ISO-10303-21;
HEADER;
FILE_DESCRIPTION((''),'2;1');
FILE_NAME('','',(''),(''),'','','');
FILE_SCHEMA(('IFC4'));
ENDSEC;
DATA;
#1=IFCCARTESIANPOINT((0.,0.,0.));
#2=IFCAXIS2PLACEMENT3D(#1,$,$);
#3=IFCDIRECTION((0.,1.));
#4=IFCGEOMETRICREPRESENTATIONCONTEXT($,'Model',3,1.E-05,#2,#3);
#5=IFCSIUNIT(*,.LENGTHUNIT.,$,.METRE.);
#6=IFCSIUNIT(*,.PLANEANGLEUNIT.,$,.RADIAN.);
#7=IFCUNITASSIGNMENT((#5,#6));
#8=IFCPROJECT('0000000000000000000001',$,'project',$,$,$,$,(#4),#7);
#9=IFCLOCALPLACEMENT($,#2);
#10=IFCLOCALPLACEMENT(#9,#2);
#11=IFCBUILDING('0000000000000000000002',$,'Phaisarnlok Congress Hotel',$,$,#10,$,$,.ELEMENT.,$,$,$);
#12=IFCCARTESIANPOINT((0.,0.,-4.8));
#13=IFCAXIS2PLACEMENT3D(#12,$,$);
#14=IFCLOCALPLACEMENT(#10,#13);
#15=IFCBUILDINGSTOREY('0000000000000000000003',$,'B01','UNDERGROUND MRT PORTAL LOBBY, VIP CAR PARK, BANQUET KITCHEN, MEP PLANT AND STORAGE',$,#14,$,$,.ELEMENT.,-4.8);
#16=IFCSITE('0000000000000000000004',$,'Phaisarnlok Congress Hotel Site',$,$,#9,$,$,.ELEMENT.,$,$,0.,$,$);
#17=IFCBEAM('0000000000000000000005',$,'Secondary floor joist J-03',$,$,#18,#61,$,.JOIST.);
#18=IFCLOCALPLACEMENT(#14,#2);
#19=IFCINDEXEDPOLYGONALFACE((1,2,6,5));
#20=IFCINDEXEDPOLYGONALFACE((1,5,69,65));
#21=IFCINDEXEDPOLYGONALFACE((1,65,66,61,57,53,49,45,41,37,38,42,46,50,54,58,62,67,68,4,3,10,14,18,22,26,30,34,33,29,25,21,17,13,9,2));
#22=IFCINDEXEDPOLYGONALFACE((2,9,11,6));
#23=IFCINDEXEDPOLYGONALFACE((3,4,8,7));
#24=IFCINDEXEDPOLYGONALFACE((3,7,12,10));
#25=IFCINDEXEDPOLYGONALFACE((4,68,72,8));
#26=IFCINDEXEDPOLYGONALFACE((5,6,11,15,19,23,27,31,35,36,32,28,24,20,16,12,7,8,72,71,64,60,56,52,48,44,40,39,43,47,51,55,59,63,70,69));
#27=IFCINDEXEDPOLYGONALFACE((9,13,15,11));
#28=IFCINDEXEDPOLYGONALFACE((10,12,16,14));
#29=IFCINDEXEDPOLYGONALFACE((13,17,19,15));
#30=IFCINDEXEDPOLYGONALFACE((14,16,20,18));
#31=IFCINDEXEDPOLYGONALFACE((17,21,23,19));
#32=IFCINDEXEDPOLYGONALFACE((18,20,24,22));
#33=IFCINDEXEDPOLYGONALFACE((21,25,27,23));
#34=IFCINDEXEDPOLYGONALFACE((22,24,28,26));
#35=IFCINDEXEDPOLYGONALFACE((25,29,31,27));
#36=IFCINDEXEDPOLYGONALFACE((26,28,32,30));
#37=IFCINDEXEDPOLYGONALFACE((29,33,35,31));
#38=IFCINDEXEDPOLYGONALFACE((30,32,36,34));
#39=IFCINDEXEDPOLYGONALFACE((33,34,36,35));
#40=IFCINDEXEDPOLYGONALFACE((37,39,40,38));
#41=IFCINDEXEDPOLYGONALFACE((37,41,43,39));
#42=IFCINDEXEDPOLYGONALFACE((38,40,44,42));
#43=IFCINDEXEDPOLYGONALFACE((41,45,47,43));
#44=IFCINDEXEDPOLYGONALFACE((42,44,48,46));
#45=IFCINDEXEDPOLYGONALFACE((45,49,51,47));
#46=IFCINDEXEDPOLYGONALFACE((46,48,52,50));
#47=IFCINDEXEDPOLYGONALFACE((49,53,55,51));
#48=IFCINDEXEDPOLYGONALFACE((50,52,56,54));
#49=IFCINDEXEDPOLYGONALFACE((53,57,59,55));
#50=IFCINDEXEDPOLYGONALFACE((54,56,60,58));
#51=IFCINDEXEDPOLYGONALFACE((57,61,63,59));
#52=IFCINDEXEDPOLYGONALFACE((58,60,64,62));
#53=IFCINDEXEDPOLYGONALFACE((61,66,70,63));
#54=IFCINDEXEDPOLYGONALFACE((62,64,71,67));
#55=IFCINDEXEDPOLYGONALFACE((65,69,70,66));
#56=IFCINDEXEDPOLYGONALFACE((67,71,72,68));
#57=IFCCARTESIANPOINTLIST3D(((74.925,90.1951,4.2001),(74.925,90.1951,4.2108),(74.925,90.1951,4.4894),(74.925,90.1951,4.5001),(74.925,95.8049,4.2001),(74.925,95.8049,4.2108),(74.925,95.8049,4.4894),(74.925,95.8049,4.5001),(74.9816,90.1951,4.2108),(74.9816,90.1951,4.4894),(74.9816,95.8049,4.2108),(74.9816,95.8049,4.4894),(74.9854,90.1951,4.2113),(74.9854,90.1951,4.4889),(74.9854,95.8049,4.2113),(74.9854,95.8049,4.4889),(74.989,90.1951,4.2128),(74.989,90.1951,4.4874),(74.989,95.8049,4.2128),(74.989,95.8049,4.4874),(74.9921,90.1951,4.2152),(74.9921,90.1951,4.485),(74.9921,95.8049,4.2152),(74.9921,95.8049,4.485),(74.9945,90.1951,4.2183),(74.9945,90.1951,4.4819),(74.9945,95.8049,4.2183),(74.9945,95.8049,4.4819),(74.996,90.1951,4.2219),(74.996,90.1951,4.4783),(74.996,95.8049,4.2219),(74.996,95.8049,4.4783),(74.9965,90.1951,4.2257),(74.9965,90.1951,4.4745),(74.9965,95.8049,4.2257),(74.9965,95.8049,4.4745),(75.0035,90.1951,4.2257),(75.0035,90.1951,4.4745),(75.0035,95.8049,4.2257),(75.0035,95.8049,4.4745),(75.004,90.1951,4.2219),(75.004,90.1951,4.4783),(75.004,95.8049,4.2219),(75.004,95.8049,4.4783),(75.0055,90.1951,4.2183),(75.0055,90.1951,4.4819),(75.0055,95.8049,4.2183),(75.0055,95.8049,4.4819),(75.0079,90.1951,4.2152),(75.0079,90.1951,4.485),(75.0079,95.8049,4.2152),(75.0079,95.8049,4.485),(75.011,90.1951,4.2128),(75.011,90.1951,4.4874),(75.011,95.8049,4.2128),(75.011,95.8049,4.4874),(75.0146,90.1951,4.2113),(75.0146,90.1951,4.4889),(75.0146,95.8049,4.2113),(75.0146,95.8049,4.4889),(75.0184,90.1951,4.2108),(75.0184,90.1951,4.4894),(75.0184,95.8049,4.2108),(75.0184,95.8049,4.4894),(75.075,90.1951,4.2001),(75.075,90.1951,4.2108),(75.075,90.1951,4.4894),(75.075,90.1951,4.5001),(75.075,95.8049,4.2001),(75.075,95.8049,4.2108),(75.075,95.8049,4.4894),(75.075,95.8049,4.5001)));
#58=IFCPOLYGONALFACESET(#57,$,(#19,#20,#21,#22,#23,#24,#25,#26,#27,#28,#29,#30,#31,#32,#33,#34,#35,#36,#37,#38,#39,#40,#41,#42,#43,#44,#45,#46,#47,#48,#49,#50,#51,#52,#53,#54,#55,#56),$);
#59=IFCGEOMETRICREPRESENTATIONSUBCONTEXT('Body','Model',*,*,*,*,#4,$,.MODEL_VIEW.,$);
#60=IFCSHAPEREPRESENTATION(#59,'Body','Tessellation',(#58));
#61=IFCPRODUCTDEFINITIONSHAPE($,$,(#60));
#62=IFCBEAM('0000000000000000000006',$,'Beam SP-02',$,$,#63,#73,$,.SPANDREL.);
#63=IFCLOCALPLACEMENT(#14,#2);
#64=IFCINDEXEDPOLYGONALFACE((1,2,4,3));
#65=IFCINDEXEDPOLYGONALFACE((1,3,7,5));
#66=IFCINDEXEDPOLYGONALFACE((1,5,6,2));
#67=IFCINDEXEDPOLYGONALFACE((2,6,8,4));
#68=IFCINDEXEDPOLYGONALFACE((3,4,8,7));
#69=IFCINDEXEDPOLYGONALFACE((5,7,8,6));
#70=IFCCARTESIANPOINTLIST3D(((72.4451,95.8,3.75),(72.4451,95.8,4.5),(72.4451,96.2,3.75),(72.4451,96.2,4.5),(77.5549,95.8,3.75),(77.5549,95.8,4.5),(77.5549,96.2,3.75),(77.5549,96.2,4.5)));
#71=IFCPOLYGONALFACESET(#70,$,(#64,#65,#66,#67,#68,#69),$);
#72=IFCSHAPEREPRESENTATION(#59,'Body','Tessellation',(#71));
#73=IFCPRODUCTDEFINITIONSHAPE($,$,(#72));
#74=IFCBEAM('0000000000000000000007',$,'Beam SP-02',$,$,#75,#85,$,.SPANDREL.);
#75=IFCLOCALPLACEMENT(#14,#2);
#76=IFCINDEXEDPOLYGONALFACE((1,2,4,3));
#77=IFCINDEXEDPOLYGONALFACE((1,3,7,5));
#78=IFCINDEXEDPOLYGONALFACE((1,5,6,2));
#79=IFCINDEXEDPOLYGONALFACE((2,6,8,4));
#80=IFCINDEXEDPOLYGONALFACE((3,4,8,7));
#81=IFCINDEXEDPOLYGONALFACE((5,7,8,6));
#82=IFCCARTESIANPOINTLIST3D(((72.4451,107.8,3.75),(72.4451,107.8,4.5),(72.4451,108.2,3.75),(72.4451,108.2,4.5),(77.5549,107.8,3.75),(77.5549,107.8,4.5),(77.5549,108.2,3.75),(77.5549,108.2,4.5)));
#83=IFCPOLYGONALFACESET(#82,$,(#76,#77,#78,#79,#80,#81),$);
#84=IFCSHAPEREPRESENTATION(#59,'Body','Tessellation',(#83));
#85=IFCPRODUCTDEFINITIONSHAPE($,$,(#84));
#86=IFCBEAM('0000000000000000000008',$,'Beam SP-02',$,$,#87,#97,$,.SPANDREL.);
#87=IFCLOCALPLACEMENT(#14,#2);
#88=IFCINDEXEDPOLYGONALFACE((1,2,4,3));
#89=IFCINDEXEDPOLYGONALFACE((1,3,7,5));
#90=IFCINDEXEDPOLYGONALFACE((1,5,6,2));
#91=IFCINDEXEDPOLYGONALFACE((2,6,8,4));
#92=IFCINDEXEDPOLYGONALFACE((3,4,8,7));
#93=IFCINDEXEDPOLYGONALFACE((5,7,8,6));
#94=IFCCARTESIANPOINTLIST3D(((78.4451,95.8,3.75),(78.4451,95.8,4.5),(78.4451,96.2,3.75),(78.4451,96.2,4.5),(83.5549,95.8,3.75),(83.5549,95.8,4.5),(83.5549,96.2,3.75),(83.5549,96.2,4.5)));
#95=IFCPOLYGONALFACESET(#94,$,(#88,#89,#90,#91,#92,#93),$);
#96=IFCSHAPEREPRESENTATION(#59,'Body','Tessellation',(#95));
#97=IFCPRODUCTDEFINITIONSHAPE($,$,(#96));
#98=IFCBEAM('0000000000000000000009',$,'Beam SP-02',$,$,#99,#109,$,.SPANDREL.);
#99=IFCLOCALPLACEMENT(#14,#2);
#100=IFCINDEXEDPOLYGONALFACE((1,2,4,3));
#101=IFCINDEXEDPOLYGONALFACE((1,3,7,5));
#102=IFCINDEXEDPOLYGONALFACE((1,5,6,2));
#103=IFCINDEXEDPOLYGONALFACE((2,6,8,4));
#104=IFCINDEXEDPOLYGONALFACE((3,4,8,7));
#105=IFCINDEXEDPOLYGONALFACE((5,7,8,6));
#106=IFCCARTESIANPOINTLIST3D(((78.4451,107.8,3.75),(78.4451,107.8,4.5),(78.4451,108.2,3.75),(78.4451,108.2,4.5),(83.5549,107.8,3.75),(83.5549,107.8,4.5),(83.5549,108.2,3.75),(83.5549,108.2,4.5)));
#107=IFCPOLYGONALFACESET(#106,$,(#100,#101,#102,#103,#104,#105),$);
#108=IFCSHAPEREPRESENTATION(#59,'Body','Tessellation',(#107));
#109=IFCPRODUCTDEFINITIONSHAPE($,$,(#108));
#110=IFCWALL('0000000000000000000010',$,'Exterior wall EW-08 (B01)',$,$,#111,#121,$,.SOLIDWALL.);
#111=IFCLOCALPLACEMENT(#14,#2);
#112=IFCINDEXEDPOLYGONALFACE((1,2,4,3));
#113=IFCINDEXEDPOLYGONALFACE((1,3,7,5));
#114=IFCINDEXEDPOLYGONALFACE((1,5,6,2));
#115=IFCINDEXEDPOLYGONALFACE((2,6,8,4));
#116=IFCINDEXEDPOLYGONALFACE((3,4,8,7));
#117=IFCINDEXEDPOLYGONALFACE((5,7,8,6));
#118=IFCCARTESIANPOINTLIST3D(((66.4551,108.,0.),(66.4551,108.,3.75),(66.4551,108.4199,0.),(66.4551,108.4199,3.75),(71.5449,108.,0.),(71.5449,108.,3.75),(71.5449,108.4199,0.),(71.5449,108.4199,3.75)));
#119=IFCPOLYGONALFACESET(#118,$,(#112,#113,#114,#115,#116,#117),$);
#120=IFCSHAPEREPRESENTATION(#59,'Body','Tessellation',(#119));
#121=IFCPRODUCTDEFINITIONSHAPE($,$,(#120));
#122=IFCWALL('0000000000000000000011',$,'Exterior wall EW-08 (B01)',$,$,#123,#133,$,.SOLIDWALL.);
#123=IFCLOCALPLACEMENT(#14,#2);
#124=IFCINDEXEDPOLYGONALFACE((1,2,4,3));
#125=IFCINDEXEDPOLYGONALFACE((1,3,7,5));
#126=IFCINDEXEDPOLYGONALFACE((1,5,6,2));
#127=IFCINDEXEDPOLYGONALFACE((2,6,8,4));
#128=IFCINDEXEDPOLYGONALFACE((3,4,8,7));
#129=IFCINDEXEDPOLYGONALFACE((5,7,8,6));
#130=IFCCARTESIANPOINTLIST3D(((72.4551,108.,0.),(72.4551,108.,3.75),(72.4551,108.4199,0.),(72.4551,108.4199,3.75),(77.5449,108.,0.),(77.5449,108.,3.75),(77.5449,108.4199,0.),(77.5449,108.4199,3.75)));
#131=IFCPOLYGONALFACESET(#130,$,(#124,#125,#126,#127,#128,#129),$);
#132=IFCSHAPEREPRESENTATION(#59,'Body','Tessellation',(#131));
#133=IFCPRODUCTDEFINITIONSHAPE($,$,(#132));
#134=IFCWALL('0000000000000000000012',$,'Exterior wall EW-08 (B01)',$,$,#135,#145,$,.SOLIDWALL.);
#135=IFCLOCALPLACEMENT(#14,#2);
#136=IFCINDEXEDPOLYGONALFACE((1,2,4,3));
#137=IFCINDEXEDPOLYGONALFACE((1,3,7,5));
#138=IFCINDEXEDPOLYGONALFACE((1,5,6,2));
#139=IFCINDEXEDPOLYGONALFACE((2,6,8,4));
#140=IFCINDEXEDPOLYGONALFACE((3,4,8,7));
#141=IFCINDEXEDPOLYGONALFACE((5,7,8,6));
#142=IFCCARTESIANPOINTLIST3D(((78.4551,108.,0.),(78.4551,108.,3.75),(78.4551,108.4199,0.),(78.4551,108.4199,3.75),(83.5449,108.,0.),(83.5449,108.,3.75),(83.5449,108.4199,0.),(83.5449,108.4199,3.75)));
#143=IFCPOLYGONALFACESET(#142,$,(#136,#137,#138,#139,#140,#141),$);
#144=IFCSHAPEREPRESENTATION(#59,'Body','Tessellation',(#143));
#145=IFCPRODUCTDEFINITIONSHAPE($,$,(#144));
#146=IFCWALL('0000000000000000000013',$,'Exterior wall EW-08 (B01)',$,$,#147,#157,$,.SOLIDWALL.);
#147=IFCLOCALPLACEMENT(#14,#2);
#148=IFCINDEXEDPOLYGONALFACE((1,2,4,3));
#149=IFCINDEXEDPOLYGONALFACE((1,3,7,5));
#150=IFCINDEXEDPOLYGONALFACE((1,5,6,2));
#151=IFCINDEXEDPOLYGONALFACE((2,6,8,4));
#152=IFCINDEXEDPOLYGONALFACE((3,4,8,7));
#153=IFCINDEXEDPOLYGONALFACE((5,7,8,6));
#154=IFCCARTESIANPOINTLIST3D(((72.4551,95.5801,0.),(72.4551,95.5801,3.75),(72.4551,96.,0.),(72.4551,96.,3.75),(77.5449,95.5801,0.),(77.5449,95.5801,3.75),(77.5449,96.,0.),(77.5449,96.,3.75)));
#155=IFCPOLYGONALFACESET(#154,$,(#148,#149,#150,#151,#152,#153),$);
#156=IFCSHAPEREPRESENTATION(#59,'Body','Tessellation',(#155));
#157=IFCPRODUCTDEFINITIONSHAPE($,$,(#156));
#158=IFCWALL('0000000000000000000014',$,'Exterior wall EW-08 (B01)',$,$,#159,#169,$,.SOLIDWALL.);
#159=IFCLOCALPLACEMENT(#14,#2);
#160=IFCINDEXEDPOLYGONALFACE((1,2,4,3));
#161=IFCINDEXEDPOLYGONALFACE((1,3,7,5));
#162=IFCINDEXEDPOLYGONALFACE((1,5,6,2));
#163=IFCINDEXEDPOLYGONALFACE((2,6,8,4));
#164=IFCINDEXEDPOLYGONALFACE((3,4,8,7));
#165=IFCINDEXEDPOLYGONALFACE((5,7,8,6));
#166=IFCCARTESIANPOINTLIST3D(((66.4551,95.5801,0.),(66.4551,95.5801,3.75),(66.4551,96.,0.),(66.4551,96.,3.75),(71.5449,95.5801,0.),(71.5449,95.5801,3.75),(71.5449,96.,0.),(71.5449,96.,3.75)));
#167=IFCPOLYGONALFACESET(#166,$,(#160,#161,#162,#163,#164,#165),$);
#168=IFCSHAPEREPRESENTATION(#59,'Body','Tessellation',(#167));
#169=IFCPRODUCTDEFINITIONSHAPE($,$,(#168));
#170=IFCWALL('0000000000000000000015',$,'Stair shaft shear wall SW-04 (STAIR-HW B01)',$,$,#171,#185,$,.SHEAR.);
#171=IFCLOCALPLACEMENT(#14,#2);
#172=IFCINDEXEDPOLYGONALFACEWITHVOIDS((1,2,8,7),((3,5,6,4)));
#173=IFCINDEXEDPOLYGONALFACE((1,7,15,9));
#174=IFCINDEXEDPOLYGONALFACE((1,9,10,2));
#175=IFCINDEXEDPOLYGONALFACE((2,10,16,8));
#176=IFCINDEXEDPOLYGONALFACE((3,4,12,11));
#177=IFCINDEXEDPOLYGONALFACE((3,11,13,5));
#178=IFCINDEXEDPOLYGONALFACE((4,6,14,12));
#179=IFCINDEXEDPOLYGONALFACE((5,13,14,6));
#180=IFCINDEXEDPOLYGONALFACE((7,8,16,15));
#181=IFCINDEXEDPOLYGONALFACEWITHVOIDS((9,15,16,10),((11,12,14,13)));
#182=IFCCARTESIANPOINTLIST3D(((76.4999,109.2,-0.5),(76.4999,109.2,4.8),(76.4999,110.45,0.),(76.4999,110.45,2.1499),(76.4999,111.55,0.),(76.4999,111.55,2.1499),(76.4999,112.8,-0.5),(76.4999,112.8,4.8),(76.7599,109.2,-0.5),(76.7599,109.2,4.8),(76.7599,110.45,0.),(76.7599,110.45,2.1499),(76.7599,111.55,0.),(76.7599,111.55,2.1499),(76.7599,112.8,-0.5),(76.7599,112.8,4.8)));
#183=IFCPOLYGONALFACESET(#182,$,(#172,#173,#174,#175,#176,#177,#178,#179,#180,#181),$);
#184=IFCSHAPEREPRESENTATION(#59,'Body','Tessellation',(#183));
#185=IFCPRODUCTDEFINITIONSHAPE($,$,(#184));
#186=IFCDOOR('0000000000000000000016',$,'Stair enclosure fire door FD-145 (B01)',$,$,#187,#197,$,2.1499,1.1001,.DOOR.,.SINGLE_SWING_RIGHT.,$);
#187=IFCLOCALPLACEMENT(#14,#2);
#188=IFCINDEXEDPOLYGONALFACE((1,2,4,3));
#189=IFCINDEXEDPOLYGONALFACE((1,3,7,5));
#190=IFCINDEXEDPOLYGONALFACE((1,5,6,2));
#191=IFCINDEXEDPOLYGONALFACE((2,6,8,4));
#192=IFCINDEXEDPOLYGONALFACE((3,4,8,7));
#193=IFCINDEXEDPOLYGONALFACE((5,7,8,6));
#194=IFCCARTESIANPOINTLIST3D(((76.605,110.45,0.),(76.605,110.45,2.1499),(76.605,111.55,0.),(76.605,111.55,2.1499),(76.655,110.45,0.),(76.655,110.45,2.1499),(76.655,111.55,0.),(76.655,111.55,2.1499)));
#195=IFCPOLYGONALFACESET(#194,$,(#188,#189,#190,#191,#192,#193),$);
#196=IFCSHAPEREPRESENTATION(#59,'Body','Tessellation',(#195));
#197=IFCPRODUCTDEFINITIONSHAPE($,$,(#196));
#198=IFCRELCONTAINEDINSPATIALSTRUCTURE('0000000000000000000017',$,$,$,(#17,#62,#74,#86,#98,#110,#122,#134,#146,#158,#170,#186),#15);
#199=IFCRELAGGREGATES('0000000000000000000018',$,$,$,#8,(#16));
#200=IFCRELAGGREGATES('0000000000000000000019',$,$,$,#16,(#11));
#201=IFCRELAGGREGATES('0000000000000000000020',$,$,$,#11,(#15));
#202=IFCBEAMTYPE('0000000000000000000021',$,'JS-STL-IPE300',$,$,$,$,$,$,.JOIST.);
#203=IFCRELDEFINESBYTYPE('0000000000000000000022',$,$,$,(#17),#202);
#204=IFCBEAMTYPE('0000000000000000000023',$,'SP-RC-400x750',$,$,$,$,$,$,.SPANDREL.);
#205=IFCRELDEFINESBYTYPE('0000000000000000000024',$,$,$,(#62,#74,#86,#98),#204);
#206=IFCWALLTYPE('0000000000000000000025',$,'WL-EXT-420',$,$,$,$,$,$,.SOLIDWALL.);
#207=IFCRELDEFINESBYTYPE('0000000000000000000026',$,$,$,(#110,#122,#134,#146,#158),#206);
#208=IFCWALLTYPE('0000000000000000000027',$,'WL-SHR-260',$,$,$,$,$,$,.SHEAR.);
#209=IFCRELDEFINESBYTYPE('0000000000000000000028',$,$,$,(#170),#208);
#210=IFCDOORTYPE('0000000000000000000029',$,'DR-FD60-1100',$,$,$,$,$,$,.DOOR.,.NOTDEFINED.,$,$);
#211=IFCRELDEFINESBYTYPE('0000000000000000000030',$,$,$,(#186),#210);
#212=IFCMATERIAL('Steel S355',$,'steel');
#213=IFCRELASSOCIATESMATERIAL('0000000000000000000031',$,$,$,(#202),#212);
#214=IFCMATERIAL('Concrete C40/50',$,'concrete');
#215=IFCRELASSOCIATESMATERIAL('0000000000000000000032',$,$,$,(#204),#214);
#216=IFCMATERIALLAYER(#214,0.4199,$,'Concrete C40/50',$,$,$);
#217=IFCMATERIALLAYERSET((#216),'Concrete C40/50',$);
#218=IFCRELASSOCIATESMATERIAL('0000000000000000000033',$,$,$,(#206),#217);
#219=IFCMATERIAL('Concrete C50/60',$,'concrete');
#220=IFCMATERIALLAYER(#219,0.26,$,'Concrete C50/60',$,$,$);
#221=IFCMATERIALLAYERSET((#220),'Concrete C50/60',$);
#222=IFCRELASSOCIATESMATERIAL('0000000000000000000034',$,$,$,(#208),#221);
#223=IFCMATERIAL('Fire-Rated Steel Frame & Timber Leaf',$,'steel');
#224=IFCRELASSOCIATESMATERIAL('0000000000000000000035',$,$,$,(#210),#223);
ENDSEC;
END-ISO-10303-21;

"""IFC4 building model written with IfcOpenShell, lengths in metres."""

from ifc_helpers import new_model, si_unit, direction, frame, frame_2d, origin, origin_2d, place, context, subcontext, project, spatial, rectangle, i_section, extrude, material, layer, layer_set, material_profile, profile_set, type_object, element, fill, save


model = new_model("IFC4")

# Units and contexts
model_context = context("Model", 3, precision=1e-05, world=origin(), true_north=direction((0.0, 1.0)))
body_context = subcontext(model_context, "Body", "Model", "MODEL_VIEW")
ifc_project = project(units=[si_unit("LENGTHUNIT", "METRE"), si_unit("PLANEANGLEUNIT", "RADIAN")], contexts=[model_context])

# Site, building, storey
site_placement = place(None, origin())
site = spatial("IfcSite", under=ifc_project, at=site_placement, Name="Phaisarnlok Congress Hotel Site", CompositionType="ELEMENT", RefElevation=0.0)
building_placement = place(site_placement, origin())
building = spatial("IfcBuilding", under=site, at=building_placement, Name="Phaisarnlok Congress Hotel", CompositionType="ELEMENT")
storey_placement = place(building_placement, frame((0.0, 0.0, -4.8)))
storey = spatial("IfcBuildingStorey", under=building, at=storey_placement, Name="B01", Description="UNDERGROUND MRT PORTAL LOBBY, VIP CAR PARK, BANQUET KITCHEN, MEP PLANT AND STORAGE", CompositionType="ELEMENT", Elevation=-4.8)

# Shared definitions
ifc_material_1 = material(Name="Concrete C40/50", Category="concrete")

# Shared definitions
ifc_material_2 = material(Name="Concrete C50/60", Category="concrete")

# Beams
ifc_material_3 = material(Name="Steel S355", Category="steel")
ifc_material_profile_1 = material_profile(ifc_material_3, i_section(OverallWidth=0.1499, OverallDepth=0.3, WebThickness=0.0071, FlangeThickness=0.0107, FilletRadius=0.0149, at=origin_2d()), Name="IPE 300")
ifc_profile_set_1 = profile_set([ifc_material_profile_1], Name="Steel S355")
beam_type_1 = type_object("IfcBeamType", Name="JS-STL-IPE300", PredefinedType="JOIST", material=ifc_profile_set_1)
beam_1_placement = place(storey_placement, frame((75.0, 90.1951, 4.3501), z_axis=(0.0, 1.0, 0.0), x_axis=(-1.0, 0.0, 0.0)))
element("IfcBeam", 1, at=beam_1_placement, inside=storey, type_object=beam_type_1, Name="Secondary floor joist J-03", PredefinedType="JOIST", context=body_context, shape_type="SweptSolid", body=[
    extrude(i_section(OverallWidth=0.1499, OverallDepth=0.3, WebThickness=0.0071, FlangeThickness=0.0107, FilletRadius=0.0149, at=origin_2d()), origin(), (0.0, 0.0, 1.0), 5.6099),
])
ifc_material_profile_2 = material_profile(ifc_material_1, rectangle(XDim=0.3999, YDim=0.75, at=origin_2d()), Name="RC 400x750")
ifc_profile_set_2 = profile_set([ifc_material_profile_2], Name="Concrete C40/50")
beam_type_2 = type_object("IfcBeamType", Name="SP-RC-400x750", PredefinedType="SPANDREL", material=ifc_profile_set_2)
for number, where, z_axis, x_axis, name in (
    (2, (72.4451, 96.0, 4.125), (1.0, 0.0, 0.0), (0.0, 1.0, 0.0), "Beam SP-02"),
    (3, (72.4451, 108.0, 4.125), (1.0, 0.0, 0.0), (0.0, 1.0, 0.0), "Beam SP-02"),
    (4, (78.4451, 96.0, 4.125), (1.0, 0.0, 0.0), (0.0, 1.0, 0.0), "Beam SP-02"),
    (5, (78.4451, 108.0, 4.125), (1.0, 0.0, 0.0), (0.0, 1.0, 0.0), "Beam SP-02"),
):
    element("IfcBeam", number, at=place(storey_placement, frame(where, z_axis=z_axis, x_axis=x_axis)), inside=storey, type_object=beam_type_2, Name=name, PredefinedType="SPANDREL", context=body_context, shape_type="SweptSolid", body=[
        extrude(rectangle(XDim=0.3999, YDim=0.75, at=origin_2d()), origin(), (0.0, 0.0, 1.0), 5.1099),
    ])

# Walls
ifc_layer_1 = layer(ifc_material_1, 0.4199, Name="Concrete C40/50")
ifc_layer_set_1 = layer_set([ifc_layer_1], Name="Concrete C40/50")
wall_type_1 = type_object("IfcWallType", Name="WL-EXT-420", PredefinedType="SOLIDWALL", material=ifc_layer_set_1)
for number, where, z_axis, x_axis, name in (
    (6, (66.4551, 108.21, 0.0), (0.0, 0.0, 1.0), (1.0, 0.0, 0.0), "Exterior wall EW-08 (B01)"),
    (7, (72.4551, 108.21, 0.0), (0.0, 0.0, 1.0), (1.0, 0.0, 0.0), "Exterior wall EW-08 (B01)"),
    (8, (78.4551, 108.21, 0.0), (0.0, 0.0, 1.0), (1.0, 0.0, 0.0), "Exterior wall EW-08 (B01)"),
    (9, (77.5449, 95.79, 0.0), (0.0, 0.0, 1.0), (-1.0, 0.0, 0.0), "Exterior wall EW-08 (B01)"),
    (10, (71.5449, 95.79, 0.0), (0.0, 0.0, 1.0), (-1.0, 0.0, 0.0), "Exterior wall EW-08 (B01)"),
):
    element("IfcWall", number, at=place(storey_placement, frame(where, z_axis=z_axis, x_axis=x_axis)), inside=storey, type_object=wall_type_1, Name=name, PredefinedType="SOLIDWALL", context=body_context, shape_type="SweptSolid", body=[
        extrude(rectangle(XDim=5.0898, YDim=0.4199, at=frame_2d((2.5449, 0.0))), origin(), (0.0, 0.0, 1.0), 3.75),
    ])

# Wall, opening, door
ifc_layer_2 = layer(ifc_material_2, 0.26, Name="Concrete C50/60")
ifc_layer_set_2 = layer_set([ifc_layer_2], Name="Concrete C50/60")
wall_type_2 = type_object("IfcWallType", Name="WL-SHR-260", PredefinedType="SHEAR", material=ifc_layer_set_2)
wall_placement = place(storey_placement, frame((76.6299, 109.2, -0.5), z_axis=(0.0, 0.0, 1.0), x_axis=(0.0, 1.0, 0.0)))
wall = element("IfcWall", 11, at=wall_placement, inside=storey, type_object=wall_type_2, Name="Stair shaft shear wall SW-04 (STAIR-HW B01)", PredefinedType="SHEAR", context=body_context, shape_type="SweptSolid", body=[
    extrude(rectangle(XDim=3.6001, YDim=0.26, at=frame_2d((1.8, 0.0))), origin(), (0.0, 0.0, 1.0), 5.3),
])
opening_placement = place(wall_placement, frame((1.25, 0.0, 0.5)))
opening = element("IfcOpeningElement", 12, at=opening_placement, cuts=wall, PredefinedType="OPENING", context=body_context, shape_type="SweptSolid", body=[
    extrude(rectangle(XDim=1.1001, YDim=2.1499, at=frame_2d((0.55, 1.075))), frame((0.0, 0.1401, 0.0), z_axis=(0.0, -1.0, 0.0), x_axis=(1.0, 0.0, 0.0)), (0.0, 0.0, 1.0), 0.28),
])
ifc_material_4 = material(Name="Fire-Rated Steel Frame & Timber Leaf", Category="steel")
door_type = type_object("IfcDoorType", Name="DR-FD60-1100", OperationType="NOTDEFINED", PredefinedType="DOOR", material=ifc_material_4)
door_placement = place(opening_placement, origin())
door = element("IfcDoor", 13, at=door_placement, inside=storey, type_object=door_type, Name="Stair enclosure fire door FD-145 (B01)", OperationType="SINGLE_SWING_RIGHT", OverallHeight=2.1499, OverallWidth=1.1001, PredefinedType="DOOR", context=body_context, shape_type="SweptSolid", body=[
    extrude(rectangle(XDim=1.1001, YDim=2.1499, at=frame_2d((0.55, 1.075))), frame((0.0, 0.0249, 0.0), z_axis=(0.0, -1.0, 0.0), x_axis=(1.0, 0.0, 0.0)), (0.0, 0.0, 1.0), 0.05),
])
fill(opening, door)

save(model, "model.ifc")
